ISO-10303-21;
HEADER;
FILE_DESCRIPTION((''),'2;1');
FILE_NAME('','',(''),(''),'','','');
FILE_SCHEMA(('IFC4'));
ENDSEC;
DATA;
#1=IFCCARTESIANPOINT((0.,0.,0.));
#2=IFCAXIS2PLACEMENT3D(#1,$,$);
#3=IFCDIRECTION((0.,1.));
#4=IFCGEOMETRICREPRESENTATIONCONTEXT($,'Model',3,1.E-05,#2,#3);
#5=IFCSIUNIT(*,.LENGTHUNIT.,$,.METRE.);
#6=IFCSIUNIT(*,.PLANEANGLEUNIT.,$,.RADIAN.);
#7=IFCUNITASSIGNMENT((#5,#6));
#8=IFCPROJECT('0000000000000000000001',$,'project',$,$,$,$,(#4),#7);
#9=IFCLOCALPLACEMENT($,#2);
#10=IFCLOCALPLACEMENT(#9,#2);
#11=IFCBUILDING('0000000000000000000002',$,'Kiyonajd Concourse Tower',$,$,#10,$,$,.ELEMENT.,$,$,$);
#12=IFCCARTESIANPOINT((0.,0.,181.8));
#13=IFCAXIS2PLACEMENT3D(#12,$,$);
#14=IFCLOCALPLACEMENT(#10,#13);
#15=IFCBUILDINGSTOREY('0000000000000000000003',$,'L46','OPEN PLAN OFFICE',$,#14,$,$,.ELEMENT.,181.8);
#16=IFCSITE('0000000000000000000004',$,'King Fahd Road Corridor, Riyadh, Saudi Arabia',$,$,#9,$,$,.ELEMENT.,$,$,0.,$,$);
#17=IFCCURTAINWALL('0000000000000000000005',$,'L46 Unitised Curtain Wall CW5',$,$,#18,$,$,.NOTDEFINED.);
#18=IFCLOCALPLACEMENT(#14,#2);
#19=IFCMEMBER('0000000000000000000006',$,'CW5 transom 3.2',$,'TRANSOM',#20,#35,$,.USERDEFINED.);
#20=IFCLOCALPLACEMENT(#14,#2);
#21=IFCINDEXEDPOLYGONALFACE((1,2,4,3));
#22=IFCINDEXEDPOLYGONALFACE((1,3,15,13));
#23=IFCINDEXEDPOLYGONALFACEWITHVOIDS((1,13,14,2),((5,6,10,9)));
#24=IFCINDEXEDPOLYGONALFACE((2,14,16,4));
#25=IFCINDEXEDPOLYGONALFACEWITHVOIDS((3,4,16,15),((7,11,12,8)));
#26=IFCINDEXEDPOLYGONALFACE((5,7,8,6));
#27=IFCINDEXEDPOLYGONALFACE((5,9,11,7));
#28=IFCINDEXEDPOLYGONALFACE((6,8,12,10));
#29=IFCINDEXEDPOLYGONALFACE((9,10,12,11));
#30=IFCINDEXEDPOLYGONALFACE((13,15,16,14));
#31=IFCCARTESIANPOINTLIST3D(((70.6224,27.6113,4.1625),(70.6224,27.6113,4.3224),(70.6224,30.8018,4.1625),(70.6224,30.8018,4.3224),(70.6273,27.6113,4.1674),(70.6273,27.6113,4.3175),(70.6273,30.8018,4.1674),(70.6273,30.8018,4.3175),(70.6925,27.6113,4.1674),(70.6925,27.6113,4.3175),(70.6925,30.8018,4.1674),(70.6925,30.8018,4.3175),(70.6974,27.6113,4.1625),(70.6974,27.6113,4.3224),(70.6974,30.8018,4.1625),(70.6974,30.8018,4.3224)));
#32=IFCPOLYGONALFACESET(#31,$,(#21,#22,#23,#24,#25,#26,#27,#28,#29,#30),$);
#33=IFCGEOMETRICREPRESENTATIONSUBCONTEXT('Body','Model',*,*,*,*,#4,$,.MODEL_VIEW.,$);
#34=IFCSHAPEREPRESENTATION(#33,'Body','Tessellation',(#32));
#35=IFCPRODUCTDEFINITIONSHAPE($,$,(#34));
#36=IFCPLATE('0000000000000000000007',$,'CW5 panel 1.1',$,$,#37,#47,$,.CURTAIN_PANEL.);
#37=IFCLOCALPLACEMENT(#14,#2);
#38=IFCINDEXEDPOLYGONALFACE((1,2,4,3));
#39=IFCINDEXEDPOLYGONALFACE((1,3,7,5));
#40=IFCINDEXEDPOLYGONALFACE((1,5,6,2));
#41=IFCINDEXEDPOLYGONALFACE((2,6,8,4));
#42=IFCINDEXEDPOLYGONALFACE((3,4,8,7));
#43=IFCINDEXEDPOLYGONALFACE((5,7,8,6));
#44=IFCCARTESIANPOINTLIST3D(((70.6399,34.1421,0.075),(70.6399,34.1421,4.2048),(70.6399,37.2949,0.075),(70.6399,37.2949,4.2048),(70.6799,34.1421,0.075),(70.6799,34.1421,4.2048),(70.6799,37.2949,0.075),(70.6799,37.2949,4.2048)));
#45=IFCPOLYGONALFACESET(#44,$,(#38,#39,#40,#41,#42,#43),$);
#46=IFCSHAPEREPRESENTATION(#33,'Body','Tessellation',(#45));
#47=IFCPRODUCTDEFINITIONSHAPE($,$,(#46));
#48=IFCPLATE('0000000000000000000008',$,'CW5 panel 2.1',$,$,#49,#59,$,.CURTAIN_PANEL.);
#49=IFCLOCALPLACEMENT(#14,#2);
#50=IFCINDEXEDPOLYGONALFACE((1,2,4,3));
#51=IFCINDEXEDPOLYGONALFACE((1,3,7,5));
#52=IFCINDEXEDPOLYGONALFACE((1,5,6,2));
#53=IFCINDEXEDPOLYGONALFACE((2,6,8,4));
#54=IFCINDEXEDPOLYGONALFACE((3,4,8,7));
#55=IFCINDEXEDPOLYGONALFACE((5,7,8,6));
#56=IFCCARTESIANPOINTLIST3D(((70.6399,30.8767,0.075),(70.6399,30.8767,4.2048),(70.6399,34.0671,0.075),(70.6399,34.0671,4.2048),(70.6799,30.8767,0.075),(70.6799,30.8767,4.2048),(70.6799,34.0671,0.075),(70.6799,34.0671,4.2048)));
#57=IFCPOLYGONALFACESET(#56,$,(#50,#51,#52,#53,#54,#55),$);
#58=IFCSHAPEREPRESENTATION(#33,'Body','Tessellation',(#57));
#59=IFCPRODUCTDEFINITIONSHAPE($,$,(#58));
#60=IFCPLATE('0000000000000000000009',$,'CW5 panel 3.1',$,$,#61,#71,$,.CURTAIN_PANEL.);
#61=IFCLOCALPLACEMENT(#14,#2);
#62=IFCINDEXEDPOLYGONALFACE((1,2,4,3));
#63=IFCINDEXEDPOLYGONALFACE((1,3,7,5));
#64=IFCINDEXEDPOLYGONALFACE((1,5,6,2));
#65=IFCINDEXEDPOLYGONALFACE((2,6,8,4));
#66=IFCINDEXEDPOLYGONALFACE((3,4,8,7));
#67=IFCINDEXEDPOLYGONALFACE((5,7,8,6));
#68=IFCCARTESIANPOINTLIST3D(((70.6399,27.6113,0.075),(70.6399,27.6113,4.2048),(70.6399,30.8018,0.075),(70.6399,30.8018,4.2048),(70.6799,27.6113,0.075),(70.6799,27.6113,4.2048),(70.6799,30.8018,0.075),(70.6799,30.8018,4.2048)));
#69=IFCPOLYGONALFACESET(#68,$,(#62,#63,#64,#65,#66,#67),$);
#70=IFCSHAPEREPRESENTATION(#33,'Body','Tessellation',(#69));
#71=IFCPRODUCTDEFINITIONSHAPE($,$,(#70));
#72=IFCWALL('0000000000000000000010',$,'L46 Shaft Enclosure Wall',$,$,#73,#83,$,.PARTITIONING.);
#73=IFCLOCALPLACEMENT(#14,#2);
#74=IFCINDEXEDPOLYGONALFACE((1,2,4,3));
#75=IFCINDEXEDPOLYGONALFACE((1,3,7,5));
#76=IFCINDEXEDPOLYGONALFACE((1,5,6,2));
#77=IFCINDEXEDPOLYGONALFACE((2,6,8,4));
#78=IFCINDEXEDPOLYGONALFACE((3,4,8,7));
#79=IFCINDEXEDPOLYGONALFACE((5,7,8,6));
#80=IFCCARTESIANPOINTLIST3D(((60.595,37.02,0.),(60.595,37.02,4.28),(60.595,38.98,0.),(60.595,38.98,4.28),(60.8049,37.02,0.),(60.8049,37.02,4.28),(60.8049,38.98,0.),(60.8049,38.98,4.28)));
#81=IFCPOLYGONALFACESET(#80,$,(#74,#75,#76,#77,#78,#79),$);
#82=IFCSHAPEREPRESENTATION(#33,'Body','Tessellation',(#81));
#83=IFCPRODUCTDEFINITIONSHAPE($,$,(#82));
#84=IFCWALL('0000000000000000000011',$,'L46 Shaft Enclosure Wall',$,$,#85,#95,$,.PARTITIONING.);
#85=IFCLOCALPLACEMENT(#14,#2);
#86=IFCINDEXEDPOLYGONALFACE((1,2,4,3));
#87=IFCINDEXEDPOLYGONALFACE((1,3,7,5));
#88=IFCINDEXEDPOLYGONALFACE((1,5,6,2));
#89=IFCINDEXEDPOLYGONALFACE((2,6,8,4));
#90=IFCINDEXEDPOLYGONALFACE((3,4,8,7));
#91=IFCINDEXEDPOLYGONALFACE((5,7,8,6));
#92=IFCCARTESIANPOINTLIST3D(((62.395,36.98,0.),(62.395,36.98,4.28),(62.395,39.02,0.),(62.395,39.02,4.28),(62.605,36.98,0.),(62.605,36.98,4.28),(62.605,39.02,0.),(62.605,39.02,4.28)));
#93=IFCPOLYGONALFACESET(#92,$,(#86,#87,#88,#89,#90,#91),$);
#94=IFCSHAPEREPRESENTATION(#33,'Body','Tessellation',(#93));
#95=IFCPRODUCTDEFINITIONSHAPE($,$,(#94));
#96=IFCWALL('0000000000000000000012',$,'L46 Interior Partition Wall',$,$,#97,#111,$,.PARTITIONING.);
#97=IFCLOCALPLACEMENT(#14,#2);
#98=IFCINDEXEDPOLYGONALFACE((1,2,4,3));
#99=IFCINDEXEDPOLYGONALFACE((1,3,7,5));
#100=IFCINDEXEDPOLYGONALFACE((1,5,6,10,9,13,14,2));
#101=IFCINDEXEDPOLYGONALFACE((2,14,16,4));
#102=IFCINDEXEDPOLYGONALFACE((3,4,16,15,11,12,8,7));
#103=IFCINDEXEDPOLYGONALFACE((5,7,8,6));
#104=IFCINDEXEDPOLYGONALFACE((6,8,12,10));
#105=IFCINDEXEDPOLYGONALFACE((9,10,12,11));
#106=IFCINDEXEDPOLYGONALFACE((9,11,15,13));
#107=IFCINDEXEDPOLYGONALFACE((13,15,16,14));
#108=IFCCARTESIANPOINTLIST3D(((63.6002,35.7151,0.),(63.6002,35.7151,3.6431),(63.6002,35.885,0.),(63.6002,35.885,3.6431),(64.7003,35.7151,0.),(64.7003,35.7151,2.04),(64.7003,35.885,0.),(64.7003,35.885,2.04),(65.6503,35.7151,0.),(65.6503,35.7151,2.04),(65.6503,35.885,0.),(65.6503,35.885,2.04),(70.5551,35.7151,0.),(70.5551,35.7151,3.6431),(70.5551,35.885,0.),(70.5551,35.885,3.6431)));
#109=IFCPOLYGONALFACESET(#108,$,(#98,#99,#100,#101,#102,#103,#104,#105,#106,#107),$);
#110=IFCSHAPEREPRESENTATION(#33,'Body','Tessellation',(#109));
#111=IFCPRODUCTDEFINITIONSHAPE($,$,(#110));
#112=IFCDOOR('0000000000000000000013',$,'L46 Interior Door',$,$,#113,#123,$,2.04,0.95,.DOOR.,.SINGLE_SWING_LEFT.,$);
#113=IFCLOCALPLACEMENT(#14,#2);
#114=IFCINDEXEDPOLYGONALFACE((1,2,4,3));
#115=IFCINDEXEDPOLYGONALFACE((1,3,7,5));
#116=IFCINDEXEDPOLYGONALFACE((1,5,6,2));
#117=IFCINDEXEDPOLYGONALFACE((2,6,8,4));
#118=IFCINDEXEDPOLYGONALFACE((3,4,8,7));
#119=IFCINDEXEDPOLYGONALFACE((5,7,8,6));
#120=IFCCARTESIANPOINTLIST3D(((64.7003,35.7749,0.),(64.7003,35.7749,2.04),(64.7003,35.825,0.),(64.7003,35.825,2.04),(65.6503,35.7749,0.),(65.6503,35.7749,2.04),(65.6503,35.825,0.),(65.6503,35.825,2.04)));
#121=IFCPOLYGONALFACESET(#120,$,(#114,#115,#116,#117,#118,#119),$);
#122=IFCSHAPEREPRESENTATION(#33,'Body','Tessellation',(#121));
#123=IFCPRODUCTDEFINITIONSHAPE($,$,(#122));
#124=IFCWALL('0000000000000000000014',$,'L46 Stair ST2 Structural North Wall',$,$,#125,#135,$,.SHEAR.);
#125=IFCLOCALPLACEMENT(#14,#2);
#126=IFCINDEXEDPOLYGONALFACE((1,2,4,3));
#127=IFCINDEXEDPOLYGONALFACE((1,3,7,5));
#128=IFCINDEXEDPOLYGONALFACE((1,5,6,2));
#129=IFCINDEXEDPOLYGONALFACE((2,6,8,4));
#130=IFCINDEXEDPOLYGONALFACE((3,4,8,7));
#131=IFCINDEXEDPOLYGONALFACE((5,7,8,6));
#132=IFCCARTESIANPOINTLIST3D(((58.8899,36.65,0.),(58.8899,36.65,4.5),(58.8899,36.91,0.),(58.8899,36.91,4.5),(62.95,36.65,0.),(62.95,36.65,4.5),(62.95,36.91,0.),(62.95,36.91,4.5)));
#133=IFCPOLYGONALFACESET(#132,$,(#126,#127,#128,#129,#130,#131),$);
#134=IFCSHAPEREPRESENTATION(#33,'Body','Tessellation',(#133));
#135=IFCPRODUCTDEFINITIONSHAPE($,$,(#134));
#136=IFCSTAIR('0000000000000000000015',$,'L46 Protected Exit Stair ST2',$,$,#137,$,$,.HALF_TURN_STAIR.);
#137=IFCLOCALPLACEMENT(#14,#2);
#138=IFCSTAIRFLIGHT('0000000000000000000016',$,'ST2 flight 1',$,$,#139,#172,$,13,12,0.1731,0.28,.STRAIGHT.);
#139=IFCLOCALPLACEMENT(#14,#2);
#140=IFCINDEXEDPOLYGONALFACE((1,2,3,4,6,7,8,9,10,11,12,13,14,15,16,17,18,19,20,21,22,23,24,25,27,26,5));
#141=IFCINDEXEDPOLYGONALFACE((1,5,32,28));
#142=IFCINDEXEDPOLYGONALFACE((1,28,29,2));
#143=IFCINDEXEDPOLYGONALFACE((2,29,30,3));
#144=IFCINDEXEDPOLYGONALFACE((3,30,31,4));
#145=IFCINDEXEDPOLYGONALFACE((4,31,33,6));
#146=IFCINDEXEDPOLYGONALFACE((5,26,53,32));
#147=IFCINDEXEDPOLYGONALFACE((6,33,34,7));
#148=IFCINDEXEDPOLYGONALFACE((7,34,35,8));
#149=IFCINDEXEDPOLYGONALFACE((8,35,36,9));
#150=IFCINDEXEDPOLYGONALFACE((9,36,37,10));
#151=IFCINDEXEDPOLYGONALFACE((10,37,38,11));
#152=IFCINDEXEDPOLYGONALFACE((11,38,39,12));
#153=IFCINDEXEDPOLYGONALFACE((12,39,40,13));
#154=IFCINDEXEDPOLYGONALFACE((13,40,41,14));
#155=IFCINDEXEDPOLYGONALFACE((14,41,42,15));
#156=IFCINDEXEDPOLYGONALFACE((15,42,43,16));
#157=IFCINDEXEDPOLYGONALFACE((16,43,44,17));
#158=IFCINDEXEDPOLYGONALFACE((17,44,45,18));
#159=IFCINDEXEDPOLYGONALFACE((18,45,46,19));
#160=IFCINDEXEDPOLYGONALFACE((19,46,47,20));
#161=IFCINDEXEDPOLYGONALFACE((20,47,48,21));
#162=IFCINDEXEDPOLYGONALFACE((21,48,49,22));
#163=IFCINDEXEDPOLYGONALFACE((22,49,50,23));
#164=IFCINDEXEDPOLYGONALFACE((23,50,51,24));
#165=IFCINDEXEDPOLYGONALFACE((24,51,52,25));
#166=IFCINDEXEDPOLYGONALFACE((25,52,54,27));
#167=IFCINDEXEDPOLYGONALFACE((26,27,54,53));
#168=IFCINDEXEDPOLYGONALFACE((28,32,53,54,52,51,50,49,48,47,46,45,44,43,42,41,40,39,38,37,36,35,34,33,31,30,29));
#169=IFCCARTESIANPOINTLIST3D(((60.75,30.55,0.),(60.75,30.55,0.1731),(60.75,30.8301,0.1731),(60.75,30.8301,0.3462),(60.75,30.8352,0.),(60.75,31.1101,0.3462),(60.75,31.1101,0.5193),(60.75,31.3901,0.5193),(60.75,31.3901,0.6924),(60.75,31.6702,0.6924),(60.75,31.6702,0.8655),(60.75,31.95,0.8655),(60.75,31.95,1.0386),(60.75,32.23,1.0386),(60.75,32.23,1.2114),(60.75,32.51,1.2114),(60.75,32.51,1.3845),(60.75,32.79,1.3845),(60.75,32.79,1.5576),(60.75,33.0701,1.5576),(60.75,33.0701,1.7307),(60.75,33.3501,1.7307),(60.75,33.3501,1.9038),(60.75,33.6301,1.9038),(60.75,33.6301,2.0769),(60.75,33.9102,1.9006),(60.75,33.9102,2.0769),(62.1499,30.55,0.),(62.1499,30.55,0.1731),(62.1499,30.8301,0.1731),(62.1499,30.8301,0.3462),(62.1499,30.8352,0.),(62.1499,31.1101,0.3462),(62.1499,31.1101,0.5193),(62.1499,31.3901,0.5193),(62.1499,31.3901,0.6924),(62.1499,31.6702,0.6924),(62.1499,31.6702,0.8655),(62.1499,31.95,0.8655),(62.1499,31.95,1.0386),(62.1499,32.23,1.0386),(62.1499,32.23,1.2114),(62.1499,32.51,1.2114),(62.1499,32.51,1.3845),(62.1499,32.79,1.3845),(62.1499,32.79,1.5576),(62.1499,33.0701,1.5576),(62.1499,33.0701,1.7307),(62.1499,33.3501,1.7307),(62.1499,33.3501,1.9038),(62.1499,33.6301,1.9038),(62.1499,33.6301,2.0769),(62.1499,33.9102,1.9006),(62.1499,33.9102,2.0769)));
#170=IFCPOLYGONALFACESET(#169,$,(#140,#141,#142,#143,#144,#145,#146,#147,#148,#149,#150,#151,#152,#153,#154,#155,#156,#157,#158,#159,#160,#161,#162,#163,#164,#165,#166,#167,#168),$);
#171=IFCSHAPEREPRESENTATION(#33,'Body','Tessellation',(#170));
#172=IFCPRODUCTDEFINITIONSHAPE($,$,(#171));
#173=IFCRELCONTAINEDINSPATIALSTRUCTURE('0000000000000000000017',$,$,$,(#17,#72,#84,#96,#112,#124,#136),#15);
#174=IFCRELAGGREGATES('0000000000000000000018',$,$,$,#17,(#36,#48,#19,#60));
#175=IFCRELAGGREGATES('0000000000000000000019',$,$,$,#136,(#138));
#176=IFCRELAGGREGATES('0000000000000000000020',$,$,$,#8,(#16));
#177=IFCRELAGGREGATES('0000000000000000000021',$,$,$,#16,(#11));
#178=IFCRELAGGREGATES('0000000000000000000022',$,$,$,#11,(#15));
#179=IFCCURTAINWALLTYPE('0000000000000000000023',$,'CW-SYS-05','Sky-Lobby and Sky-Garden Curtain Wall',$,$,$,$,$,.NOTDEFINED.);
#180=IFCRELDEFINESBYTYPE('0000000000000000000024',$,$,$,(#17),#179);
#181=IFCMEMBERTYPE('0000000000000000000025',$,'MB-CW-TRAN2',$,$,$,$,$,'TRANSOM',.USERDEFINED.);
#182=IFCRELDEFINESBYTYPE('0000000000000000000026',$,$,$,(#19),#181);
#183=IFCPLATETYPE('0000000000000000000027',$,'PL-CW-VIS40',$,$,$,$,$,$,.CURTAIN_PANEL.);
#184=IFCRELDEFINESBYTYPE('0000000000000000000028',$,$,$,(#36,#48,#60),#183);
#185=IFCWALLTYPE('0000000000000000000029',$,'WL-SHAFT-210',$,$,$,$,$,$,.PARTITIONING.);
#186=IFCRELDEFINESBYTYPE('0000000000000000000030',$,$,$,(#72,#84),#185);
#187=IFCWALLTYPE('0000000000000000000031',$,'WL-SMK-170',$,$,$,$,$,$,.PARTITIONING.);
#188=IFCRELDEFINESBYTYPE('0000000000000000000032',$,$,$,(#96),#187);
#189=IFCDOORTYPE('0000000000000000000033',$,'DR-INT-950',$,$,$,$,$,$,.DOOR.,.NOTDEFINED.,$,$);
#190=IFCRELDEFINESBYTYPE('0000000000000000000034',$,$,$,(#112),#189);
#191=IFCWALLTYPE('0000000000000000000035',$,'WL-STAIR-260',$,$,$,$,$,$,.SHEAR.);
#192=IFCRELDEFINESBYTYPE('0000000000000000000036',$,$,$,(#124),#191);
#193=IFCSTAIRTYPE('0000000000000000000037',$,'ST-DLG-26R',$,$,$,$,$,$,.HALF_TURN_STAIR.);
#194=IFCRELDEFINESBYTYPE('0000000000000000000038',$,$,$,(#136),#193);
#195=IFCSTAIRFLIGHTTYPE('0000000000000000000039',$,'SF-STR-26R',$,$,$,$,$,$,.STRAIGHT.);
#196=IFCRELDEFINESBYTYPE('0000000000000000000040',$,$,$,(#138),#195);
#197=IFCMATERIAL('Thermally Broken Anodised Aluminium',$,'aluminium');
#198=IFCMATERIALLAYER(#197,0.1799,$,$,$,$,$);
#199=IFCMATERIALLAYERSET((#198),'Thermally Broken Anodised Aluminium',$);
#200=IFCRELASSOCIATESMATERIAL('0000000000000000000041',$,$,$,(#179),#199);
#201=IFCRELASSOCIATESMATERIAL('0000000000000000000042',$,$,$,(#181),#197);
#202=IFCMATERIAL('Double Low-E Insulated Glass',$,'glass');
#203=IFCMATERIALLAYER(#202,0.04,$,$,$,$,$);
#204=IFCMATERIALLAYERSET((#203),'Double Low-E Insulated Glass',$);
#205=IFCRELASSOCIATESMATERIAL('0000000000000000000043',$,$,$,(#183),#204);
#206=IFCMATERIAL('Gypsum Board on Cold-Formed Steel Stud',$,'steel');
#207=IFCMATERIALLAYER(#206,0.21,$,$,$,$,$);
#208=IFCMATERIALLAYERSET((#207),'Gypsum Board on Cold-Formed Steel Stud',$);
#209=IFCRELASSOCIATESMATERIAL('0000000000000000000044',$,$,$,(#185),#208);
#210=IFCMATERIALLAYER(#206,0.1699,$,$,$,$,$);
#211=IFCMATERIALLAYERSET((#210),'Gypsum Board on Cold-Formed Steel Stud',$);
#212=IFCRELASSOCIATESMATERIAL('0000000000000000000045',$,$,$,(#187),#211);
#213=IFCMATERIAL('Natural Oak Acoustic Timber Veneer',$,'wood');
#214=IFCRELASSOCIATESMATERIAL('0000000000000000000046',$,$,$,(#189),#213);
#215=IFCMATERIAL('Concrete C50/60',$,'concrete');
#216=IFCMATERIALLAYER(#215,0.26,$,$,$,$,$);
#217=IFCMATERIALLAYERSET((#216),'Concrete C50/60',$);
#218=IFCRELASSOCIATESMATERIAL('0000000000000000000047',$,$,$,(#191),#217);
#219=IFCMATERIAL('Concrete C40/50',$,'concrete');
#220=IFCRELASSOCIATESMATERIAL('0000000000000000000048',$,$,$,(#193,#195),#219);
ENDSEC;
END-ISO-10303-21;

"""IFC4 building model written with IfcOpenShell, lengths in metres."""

from ifc_helpers import new_model, si_unit, direction, frame, frame_2d, origin, origin_2d, place, context, subcontext, project, spatial, polyline, rectangle, hollow_rectangle, outline, extrude, material, layer, layer_set, material_profile, profile_set, type_object, element, fill, aggregate, save


model = new_model("IFC4")

# Units and contexts
model_context = context("Model", 3, precision=1e-05, world=origin(), true_north=direction((0.0, 1.0)))
body_context = subcontext(model_context, "Body", "Model", "MODEL_VIEW")
ifc_project = project(units=[si_unit("LENGTHUNIT", "METRE"), si_unit("PLANEANGLEUNIT", "RADIAN")], contexts=[model_context])

# Site, building, storey
site_placement = place(None, origin())
site = spatial("IfcSite", under=ifc_project, at=site_placement, Name="King Fahd Road Corridor, Riyadh, Saudi Arabia", CompositionType="ELEMENT", RefElevation=0.0)
building_placement = place(site_placement, origin())
building = spatial("IfcBuilding", under=site, at=building_placement, Name="Kiyonajd Concourse Tower", CompositionType="ELEMENT")
storey_placement = place(building_placement, frame((0.0, 0.0, 181.8)))
storey = spatial("IfcBuildingStorey", under=building, at=storey_placement, Name="L46", Description="OPEN PLAN OFFICE", CompositionType="ELEMENT", Elevation=181.8)

# Curtain wall, member, plates
ifc_material_1 = material(Name="Thermally Broken Anodised Aluminium", Category="aluminium")
ifc_layer_1 = layer(ifc_material_1, 0.1799)
ifc_layer_set_1 = layer_set([ifc_layer_1], Name="Thermally Broken Anodised Aluminium")
curtain_wall_type = type_object("IfcCurtainWallType", Name="CW-SYS-05", Description="Sky-Lobby and Sky-Garden Curtain Wall", PredefinedType="NOTDEFINED", material=ifc_layer_set_1)
curtain_wall_placement = place(storey_placement, origin())
curtain_wall = element("IfcCurtainWall", 1, at=curtain_wall_placement, inside=storey, type_object=curtain_wall_type, Name="L46 Unitised Curtain Wall CW5", PredefinedType="NOTDEFINED")
ifc_material_profile_1 = material_profile(ifc_material_1, hollow_rectangle(XDim=0.075, YDim=0.1599, WallThickness=0.0049, at=origin_2d()), Name="TRAN-75x160")
ifc_profile_set_1 = profile_set([ifc_material_profile_1], Name="Thermally Broken Anodised Aluminium")
member_type_1 = type_object("IfcMemberType", Name="MB-CW-TRAN2", ElementType="TRANSOM", PredefinedType="USERDEFINED", material=ifc_profile_set_1)
member_1_placement = place(storey_placement, frame((70.6599, 30.8018, 4.2424), z_axis=(0.0, -1.0, 0.0), x_axis=(1.0, 0.0, 0.0)))
member_1 = element("IfcMember", 2, at=member_1_placement, type_object=member_type_1, Name="CW5 transom 3.2", ObjectType="TRANSOM", PredefinedType="USERDEFINED", context=body_context, shape_type="SweptSolid", body=[
    extrude(hollow_rectangle(XDim=0.075, YDim=0.1599, WallThickness=0.0049, at=origin_2d()), origin(), (0.0, 0.0, 1.0), 3.1904),
])
ifc_material_2 = material(Name="Double Low-E Insulated Glass", Category="glass")
ifc_layer_2 = layer(ifc_material_2, 0.04)
ifc_layer_set_2 = layer_set([ifc_layer_2], Name="Double Low-E Insulated Glass")
plate_type = type_object("IfcPlateType", Name="PL-CW-VIS40", PredefinedType="CURTAIN_PANEL", material=ifc_layer_set_2)
plate_1_placement = place(storey_placement, frame((70.6599, 35.7185, 0.075), z_axis=(0.0, 0.0, 1.0), x_axis=(0.0, -1.0, 0.0)))
plate_1 = element("IfcPlate", 3, at=plate_1_placement, type_object=plate_type, Name="CW5 panel 1.1", PredefinedType="CURTAIN_PANEL", context=body_context, shape_type="SweptSolid", body=[
    extrude(rectangle(XDim=3.1528, YDim=0.04, at=origin_2d()), origin(), (0.0, 0.0, 1.0), 4.1299),
])
plate_2_placement = place(storey_placement, frame((70.6599, 32.4719, 0.075), z_axis=(0.0, 0.0, 1.0), x_axis=(0.0, -1.0, 0.0)))
plate_2 = element("IfcPlate", 4, at=plate_2_placement, type_object=plate_type, Name="CW5 panel 2.1", PredefinedType="CURTAIN_PANEL", context=body_context, shape_type="SweptSolid", body=[
    extrude(rectangle(XDim=3.1904, YDim=0.04, at=origin_2d()), origin(), (0.0, 0.0, 1.0), 4.1299),
])
plate_3_placement = place(storey_placement, frame((70.6599, 29.2065, 0.075), z_axis=(0.0, 0.0, 1.0), x_axis=(0.0, -1.0, 0.0)))
plate_3 = element("IfcPlate", 5, at=plate_3_placement, type_object=plate_type, Name="CW5 panel 3.1", PredefinedType="CURTAIN_PANEL", context=body_context, shape_type="SweptSolid", body=[
    extrude(rectangle(XDim=3.1904, YDim=0.04, at=origin_2d()), origin(), (0.0, 0.0, 1.0), 4.1299),
])
aggregate(curtain_wall, [plate_1, plate_2, member_1, plate_3])

# Walls
ifc_material_3 = material(Name="Gypsum Board on Cold-Formed Steel Stud", Category="steel")
ifc_layer_3 = layer(ifc_material_3, 0.21)
ifc_layer_set_3 = layer_set([ifc_layer_3], Name="Gypsum Board on Cold-Formed Steel Stud")
wall_type_1 = type_object("IfcWallType", Name="WL-SHAFT-210", PredefinedType="PARTITIONING", material=ifc_layer_set_3)
wall_1_placement = place(storey_placement, frame((60.7, 37.02, 0.0), z_axis=(0.0, 0.0, 1.0), x_axis=(0.0, 1.0, 0.0)))
element("IfcWall", 6, at=wall_1_placement, inside=storey, type_object=wall_type_1, Name="L46 Shaft Enclosure Wall", PredefinedType="PARTITIONING", context=body_context, shape_type="SweptSolid", body=[
    extrude(rectangle(XDim=1.96, YDim=0.21, at=frame_2d((0.98, 0.0))), origin(), (0.0, 0.0, 1.0), 4.28),
])
wall_2_placement = place(storey_placement, frame((62.5, 36.98, 0.0), z_axis=(0.0, 0.0, 1.0), x_axis=(0.0, 1.0, 0.0)))
element("IfcWall", 7, at=wall_2_placement, inside=storey, type_object=wall_type_1, Name="L46 Shaft Enclosure Wall", PredefinedType="PARTITIONING", context=body_context, shape_type="SweptSolid", body=[
    extrude(rectangle(XDim=2.04, YDim=0.21, at=frame_2d((1.02, 0.0))), origin(), (0.0, 0.0, 1.0), 4.28),
])

# Wall, opening, door
ifc_layer_4 = layer(ifc_material_3, 0.1699)
ifc_layer_set_4 = layer_set([ifc_layer_4], Name="Gypsum Board on Cold-Formed Steel Stud")
wall_type_2 = type_object("IfcWallType", Name="WL-SMK-170", PredefinedType="PARTITIONING", material=ifc_layer_set_4)
wall_3_placement = place(storey_placement, frame((63.6001, 35.8, 0.0), z_axis=(0.0, 0.0, 1.0), x_axis=(1.0, 0.0, 0.0)))
wall_3 = element("IfcWall", 8, at=wall_3_placement, inside=storey, type_object=wall_type_2, Name="L46 Interior Partition Wall", PredefinedType="PARTITIONING", context=body_context, shape_type="SweptSolid", body=[
    extrude(rectangle(XDim=6.9548, YDim=0.1699, at=frame_2d((3.4775, 0.0))), origin(), (0.0, 0.0, 1.0), 3.6431),
])
opening_placement = place(wall_3_placement, frame((1.1001, 0.0, 0.0)))
opening = element("IfcOpeningElement", 9, at=opening_placement, cuts=wall_3, PredefinedType="OPENING", context=body_context, shape_type="SweptSolid", body=[
    extrude(rectangle(XDim=0.95, YDim=2.04, at=frame_2d((0.4751, 1.02))), frame((0.0, 0.095, 0.0), z_axis=(0.0, -1.0, 0.0), x_axis=(1.0, 0.0, 0.0)), (0.0, 0.0, 1.0), 0.1899),
])
ifc_material_4 = material(Name="Natural Oak Acoustic Timber Veneer", Category="wood")
door_type = type_object("IfcDoorType", Name="DR-INT-950", OperationType="NOTDEFINED", PredefinedType="DOOR", material=ifc_material_4)
door_placement = place(opening_placement, origin())
door = element("IfcDoor", 10, at=door_placement, inside=storey, type_object=door_type, Name="L46 Interior Door", OperationType="SINGLE_SWING_LEFT", OverallHeight=2.04, OverallWidth=0.95, PredefinedType="DOOR", context=body_context, shape_type="SweptSolid", body=[
    extrude(rectangle(XDim=0.95, YDim=2.04, at=frame_2d((0.4751, 1.02))), frame((0.0, 0.0249, 0.0), z_axis=(0.0, -1.0, 0.0), x_axis=(1.0, 0.0, 0.0)), (0.0, 0.0, 1.0), 0.05),
])
fill(opening, door)

# Wall
ifc_material_5 = material(Name="Concrete C50/60", Category="concrete")
ifc_layer_5 = layer(ifc_material_5, 0.26)
ifc_layer_set_5 = layer_set([ifc_layer_5], Name="Concrete C50/60")
wall_type_3 = type_object("IfcWallType", Name="WL-STAIR-260", PredefinedType="SHEAR", material=ifc_layer_set_5)
wall_4_placement = place(storey_placement, frame((58.8899, 36.78, 0.0), z_axis=(0.0, 0.0, 1.0), x_axis=(1.0, 0.0, 0.0)))
element("IfcWall", 11, at=wall_4_placement, inside=storey, type_object=wall_type_3, Name="L46 Stair ST2 Structural North Wall", PredefinedType="SHEAR", context=body_context, shape_type="SweptSolid", body=[
    extrude(rectangle(XDim=4.0601, YDim=0.26, at=frame_2d((2.03, 0.0))), origin(), (0.0, 0.0, 1.0), 4.5),
])

# Stair, stair flight
ifc_material_6 = material(Name="Concrete C40/50", Category="concrete")
stair_type = type_object("IfcStairType", Name="ST-DLG-26R", PredefinedType="HALF_TURN_STAIR", material=ifc_material_6)
stair_placement = place(storey_placement, origin())
stair = element("IfcStair", 12, at=stair_placement, inside=storey, type_object=stair_type, Name="L46 Protected Exit Stair ST2", PredefinedType="HALF_TURN_STAIR")
stair_flight_type = type_object("IfcStairFlightType", Name="SF-STR-26R", PredefinedType="STRAIGHT", material=ifc_material_6)
stair_flight_1_placement = place(storey_placement, frame((61.45, 30.55, 0.0), z_axis=(0.0, 0.0, 1.0), x_axis=(0.0, 1.0, 0.0)))
stair_flight_1 = element("IfcStairFlight", 13, at=stair_flight_1_placement, type_object=stair_flight_type, Name="ST2 flight 1", NumberOfRisers=13, NumberOfTreads=12, PredefinedType="STRAIGHT", RiserHeight=0.1731, TreadLength=0.28, context=body_context, shape_type="SweptSolid", body=[
    extrude(outline(polyline([(0.0, 0.0), (0.0, 0.1731), (0.28, 0.1731), (0.28, 0.3462), (0.5601, 0.3462), (0.5601, 0.5193), (0.8401, 0.5193), (0.8401, 0.6924), (1.1201, 0.6924), (1.1201, 0.8655), (1.3999, 0.8655), (1.3999, 1.0386), (1.6799, 1.0386), (1.6799, 1.2114), (1.96, 1.2114), (1.96, 1.3845), (2.24, 1.3845), (2.24, 1.5576), (2.52, 1.5576), (2.52, 1.7307), (2.8, 1.7307), (2.8, 1.9038), (3.0801, 1.9038), (3.0801, 2.0769), (3.3601, 2.0769), (3.3601, 2.25), (3.3601, 1.9006), (0.2852, 0.0), (0.0, 0.0)])), frame((0.0, 0.7, 0.0), z_axis=(0.0, -1.0, 0.0), x_axis=(1.0, 0.0, 0.0)), (0.0, 0.0, 1.0), 1.3999),
])
aggregate(stair, [stair_flight_1])

save(model, "model.ifc")
